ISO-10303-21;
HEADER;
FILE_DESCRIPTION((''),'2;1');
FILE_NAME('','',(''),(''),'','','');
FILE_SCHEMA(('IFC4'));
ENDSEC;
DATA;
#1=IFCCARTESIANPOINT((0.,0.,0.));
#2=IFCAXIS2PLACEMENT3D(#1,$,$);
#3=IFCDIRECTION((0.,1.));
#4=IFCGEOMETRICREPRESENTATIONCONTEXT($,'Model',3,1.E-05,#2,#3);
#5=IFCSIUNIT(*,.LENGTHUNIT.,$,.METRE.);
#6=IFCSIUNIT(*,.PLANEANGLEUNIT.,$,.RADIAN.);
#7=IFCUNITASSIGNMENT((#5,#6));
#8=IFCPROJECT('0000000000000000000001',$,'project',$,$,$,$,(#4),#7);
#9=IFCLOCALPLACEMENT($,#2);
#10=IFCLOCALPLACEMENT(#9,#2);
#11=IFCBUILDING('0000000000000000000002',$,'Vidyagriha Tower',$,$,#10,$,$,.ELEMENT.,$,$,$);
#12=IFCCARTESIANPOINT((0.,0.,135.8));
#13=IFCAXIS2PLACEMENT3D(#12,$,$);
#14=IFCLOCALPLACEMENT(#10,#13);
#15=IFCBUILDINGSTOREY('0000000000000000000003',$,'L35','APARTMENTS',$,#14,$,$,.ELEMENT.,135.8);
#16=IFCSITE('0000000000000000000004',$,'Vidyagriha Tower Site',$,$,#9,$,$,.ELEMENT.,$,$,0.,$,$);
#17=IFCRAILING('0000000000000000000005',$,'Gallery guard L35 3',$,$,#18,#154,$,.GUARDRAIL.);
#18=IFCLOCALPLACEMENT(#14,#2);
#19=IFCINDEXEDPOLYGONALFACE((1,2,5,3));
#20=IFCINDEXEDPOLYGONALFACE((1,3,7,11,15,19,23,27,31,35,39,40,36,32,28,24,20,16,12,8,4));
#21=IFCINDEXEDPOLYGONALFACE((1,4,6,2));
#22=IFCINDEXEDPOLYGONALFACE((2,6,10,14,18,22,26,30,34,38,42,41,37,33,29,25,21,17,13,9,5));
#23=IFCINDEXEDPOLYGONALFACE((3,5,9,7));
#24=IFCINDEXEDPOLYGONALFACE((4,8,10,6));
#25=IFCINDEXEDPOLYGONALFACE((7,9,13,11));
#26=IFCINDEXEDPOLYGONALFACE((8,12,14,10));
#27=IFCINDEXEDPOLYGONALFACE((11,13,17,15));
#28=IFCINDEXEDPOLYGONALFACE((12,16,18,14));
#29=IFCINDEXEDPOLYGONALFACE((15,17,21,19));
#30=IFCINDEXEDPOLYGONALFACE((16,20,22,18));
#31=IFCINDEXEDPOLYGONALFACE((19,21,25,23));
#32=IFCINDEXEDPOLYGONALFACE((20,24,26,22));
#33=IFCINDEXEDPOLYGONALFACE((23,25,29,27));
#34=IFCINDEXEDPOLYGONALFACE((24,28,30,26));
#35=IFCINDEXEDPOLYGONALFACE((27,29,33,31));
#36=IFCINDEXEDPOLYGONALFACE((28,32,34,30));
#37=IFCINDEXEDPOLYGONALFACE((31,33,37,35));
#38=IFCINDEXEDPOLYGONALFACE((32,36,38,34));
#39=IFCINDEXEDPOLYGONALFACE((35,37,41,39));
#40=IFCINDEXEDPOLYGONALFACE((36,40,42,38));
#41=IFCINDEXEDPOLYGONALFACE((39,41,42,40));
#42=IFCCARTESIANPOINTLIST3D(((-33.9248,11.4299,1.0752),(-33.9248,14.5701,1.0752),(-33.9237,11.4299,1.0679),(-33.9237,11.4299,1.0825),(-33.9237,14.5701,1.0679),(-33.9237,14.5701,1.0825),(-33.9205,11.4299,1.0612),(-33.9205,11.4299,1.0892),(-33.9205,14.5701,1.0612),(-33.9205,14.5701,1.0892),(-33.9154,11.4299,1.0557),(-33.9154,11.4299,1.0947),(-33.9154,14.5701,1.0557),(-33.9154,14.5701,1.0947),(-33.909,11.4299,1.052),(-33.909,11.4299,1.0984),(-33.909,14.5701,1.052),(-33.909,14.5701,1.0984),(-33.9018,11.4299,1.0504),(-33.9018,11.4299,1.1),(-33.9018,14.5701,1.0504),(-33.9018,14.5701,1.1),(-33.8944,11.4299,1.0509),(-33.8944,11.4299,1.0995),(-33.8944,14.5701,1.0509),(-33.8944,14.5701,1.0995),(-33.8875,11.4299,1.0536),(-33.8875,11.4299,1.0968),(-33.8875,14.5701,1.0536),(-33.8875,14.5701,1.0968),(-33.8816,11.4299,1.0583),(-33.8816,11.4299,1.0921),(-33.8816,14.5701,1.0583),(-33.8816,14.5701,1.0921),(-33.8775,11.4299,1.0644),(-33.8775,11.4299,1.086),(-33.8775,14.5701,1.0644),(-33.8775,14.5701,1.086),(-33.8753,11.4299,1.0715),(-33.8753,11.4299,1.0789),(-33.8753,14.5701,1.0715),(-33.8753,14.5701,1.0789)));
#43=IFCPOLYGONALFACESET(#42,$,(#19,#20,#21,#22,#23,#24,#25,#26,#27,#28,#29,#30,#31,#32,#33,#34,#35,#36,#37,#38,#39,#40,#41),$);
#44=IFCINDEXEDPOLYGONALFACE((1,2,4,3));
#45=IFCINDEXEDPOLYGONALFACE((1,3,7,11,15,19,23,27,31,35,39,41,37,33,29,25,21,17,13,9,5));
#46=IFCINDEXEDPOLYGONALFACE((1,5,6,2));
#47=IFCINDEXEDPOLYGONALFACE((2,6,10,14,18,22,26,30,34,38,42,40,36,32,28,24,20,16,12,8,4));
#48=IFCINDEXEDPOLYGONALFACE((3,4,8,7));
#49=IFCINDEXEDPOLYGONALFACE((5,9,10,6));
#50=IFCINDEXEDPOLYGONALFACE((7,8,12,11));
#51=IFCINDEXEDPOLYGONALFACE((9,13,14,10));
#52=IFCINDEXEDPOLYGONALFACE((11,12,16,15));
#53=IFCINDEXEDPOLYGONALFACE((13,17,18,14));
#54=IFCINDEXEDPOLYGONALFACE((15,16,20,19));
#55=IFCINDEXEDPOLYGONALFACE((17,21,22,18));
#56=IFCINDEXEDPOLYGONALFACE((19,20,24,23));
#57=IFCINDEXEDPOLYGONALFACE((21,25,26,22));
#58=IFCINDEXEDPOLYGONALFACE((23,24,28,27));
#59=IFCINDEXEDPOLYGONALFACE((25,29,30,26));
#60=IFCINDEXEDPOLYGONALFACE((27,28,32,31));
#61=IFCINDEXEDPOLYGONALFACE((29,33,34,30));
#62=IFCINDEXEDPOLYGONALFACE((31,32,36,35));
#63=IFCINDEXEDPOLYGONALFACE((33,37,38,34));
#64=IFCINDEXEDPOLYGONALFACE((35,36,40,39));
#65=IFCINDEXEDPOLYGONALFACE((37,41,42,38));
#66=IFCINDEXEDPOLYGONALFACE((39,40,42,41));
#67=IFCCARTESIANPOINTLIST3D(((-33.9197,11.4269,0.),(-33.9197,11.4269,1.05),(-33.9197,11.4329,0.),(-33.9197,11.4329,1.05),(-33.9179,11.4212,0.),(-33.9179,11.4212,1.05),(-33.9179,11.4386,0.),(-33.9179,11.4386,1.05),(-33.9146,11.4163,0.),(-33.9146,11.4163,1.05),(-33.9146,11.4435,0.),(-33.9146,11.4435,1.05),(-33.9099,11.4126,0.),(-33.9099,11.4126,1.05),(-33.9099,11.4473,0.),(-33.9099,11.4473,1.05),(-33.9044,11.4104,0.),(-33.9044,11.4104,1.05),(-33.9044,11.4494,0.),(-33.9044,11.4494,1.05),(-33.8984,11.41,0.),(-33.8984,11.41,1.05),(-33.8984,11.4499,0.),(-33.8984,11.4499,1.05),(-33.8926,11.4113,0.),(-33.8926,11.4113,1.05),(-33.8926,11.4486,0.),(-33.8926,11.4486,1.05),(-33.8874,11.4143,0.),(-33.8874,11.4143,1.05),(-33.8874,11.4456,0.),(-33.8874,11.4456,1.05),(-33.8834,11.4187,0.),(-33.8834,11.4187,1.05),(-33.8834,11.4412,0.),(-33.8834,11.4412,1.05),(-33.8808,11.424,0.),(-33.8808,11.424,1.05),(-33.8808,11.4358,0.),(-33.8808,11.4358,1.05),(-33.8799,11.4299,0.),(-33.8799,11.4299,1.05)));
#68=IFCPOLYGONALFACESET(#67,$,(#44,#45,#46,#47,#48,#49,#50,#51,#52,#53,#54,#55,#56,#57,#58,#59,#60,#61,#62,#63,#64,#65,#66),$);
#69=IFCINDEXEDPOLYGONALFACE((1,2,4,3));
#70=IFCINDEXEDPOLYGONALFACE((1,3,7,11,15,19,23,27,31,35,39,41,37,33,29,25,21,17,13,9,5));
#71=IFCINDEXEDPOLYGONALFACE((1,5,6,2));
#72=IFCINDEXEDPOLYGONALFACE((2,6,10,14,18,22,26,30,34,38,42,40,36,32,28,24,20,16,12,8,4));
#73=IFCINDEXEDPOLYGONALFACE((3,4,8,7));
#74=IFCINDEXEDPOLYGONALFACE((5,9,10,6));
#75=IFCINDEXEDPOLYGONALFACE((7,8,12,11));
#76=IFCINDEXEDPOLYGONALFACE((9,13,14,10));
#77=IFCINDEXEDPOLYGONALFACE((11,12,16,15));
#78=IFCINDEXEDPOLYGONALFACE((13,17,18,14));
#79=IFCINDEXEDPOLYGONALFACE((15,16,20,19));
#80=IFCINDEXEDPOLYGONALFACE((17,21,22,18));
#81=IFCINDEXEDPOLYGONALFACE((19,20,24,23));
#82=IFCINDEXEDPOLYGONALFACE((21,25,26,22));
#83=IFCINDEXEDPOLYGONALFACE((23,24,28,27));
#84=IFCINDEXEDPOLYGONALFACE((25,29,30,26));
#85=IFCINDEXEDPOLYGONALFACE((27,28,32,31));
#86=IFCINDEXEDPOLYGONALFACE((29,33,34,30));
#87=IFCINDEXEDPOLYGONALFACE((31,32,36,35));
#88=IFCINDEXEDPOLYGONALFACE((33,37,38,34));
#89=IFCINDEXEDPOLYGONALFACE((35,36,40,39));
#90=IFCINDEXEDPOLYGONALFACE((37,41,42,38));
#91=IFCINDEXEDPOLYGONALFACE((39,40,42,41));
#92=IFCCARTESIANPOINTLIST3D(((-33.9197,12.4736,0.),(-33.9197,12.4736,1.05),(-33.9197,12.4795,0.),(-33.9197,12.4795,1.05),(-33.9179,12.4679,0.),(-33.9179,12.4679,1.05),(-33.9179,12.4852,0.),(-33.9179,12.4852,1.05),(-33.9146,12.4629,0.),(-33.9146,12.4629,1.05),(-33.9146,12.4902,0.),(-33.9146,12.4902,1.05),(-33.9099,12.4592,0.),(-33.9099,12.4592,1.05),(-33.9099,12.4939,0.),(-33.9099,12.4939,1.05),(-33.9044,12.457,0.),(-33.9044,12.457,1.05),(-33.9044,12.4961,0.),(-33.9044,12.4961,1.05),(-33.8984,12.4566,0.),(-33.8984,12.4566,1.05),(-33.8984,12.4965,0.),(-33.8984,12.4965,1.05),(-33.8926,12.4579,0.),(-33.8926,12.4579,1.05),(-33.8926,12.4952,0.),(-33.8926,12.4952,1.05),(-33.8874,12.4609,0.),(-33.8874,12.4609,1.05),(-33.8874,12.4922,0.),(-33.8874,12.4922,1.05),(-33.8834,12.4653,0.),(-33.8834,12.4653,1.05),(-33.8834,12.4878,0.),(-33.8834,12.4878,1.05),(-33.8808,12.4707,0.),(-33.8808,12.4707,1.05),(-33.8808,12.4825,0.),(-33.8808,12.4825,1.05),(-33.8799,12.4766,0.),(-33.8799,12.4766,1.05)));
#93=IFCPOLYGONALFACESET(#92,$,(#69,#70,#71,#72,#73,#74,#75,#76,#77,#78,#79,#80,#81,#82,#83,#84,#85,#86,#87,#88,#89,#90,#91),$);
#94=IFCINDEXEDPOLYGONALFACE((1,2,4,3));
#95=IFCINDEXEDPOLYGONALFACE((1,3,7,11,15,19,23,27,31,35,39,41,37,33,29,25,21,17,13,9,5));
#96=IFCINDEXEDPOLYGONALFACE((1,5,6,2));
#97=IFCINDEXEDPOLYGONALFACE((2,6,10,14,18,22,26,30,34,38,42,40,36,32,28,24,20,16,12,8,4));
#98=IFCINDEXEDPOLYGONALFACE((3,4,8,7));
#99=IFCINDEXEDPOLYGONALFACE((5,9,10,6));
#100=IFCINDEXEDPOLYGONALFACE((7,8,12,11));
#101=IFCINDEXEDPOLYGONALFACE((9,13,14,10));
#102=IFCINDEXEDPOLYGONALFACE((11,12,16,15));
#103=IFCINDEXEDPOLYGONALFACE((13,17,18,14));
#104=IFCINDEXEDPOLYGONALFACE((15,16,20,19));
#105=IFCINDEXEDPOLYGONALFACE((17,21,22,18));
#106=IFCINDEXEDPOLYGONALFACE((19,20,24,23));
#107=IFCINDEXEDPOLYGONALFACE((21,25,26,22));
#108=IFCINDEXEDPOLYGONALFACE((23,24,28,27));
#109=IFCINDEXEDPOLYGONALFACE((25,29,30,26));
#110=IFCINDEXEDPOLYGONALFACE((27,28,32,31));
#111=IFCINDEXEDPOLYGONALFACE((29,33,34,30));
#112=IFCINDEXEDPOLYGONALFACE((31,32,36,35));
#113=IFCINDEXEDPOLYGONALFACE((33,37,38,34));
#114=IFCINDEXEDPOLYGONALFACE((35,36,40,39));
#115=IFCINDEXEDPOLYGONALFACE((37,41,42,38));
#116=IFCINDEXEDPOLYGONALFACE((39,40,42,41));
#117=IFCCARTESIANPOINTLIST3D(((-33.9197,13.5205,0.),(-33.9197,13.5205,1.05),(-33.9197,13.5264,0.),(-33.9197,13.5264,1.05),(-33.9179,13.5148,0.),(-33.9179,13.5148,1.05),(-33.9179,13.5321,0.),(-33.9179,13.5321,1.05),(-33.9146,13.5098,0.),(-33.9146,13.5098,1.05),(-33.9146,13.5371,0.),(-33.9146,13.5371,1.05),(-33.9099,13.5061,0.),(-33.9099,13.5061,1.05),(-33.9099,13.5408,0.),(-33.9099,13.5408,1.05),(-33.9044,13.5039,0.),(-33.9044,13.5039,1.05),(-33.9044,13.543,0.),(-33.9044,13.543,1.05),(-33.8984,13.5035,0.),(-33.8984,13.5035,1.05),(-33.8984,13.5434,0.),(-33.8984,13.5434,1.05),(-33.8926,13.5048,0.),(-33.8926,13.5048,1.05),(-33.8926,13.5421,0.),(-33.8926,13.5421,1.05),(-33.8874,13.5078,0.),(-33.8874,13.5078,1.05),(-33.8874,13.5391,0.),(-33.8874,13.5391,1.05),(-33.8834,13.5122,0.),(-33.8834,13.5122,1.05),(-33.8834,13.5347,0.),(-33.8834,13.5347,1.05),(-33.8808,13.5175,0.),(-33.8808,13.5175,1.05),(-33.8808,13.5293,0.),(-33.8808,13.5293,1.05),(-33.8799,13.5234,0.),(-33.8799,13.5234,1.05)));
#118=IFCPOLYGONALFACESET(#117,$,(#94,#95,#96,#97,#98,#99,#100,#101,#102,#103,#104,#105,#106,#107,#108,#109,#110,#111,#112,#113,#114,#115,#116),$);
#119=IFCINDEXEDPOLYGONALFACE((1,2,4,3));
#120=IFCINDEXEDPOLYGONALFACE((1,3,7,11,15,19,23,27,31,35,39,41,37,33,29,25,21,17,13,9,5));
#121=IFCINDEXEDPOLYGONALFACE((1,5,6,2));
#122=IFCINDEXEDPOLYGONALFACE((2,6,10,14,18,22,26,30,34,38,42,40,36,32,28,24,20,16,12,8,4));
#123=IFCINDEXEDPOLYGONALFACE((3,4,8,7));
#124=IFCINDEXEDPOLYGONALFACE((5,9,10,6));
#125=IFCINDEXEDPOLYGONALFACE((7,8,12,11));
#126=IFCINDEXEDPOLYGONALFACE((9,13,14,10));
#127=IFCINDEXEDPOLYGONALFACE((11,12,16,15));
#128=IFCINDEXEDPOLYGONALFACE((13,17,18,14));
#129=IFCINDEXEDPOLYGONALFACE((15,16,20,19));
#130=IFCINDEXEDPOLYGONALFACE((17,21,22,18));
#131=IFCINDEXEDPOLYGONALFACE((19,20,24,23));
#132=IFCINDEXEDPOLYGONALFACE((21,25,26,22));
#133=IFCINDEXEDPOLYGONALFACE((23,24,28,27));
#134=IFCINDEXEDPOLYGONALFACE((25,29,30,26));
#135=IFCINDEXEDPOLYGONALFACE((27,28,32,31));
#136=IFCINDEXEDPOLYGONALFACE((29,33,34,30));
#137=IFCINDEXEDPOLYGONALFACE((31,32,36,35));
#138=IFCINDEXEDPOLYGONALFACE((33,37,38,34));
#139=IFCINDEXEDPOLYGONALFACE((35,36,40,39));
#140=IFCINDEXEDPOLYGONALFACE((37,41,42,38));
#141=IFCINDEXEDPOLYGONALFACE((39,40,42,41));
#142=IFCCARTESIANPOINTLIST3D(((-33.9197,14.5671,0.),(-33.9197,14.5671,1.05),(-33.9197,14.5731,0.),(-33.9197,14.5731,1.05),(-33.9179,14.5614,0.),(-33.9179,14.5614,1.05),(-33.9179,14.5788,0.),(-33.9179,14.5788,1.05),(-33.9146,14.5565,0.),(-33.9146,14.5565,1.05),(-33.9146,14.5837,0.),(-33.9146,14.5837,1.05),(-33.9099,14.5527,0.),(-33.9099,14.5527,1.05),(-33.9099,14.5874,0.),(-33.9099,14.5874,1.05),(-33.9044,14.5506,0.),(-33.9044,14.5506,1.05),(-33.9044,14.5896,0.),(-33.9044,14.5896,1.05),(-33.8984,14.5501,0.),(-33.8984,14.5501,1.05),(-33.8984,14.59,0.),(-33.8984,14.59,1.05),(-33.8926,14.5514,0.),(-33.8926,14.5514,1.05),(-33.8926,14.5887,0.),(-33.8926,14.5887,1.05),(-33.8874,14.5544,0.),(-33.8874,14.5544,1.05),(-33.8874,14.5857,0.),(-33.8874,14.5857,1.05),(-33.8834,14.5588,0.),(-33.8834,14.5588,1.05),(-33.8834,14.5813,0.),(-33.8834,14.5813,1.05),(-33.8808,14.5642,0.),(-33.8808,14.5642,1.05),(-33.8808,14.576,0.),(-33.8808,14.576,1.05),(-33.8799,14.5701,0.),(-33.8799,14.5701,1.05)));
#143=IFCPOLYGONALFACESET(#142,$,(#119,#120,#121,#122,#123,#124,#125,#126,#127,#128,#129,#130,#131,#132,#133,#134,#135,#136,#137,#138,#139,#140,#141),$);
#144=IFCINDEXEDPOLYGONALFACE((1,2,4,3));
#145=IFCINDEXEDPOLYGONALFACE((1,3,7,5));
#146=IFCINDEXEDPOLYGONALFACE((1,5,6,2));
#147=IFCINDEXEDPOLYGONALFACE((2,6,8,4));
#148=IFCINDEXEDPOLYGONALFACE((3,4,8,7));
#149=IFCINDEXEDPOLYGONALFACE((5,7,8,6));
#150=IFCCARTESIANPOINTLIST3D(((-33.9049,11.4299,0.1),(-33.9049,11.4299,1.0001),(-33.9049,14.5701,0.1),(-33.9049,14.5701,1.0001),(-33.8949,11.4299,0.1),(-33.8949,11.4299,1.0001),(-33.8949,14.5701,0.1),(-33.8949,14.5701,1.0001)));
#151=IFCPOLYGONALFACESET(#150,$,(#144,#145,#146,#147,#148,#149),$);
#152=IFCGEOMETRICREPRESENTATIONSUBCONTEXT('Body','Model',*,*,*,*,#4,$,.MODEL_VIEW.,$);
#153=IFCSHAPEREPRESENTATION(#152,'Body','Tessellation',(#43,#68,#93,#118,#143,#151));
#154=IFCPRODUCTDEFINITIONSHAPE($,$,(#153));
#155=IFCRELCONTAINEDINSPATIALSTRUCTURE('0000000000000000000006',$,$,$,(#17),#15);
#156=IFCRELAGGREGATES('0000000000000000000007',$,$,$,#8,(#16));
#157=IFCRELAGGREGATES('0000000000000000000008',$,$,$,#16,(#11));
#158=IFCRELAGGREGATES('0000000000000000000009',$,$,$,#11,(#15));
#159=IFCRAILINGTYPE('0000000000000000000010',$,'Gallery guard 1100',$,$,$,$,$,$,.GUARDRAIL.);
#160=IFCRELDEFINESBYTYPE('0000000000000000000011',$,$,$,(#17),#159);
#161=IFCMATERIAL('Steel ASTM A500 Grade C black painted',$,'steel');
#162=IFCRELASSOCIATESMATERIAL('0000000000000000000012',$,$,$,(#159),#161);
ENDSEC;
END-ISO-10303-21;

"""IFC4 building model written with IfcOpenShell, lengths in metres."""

from ifc_helpers import new_model, si_unit, direction, frame, origin, origin_2d, place, context, subcontext, project, spatial, rectangle, circle, extrude, material, type_object, element, save


model = new_model("IFC4")

# Units and contexts
model_context = context("Model", 3, precision=1e-05, world=origin(), true_north=direction((0.0, 1.0)))
body_context = subcontext(model_context, "Body", "Model", "MODEL_VIEW")
ifc_project = project(units=[si_unit("LENGTHUNIT", "METRE"), si_unit("PLANEANGLEUNIT", "RADIAN")], contexts=[model_context])

# Site, building, storey
site_placement = place(None, origin())
site = spatial("IfcSite", under=ifc_project, at=site_placement, Name="Vidyagriha Tower Site", CompositionType="ELEMENT", RefElevation=0.0)
building_placement = place(site_placement, origin())
building = spatial("IfcBuilding", under=site, at=building_placement, Name="Vidyagriha Tower", CompositionType="ELEMENT")
storey_placement = place(building_placement, frame((0.0, 0.0, 135.8)))
storey = spatial("IfcBuildingStorey", under=building, at=storey_placement, Name="L35", Description="APARTMENTS", CompositionType="ELEMENT", Elevation=135.8)

# Railing
ifc_material_1 = material(Name="Steel ASTM A500 Grade C black painted", Category="steel")
railing_type = type_object("IfcRailingType", Name="Gallery guard 1100", PredefinedType="GUARDRAIL", material=ifc_material_1)
railing_1_placement = place(storey_placement, frame((-33.8999, 11.4299, 0.0)))
element("IfcRailing", 1, at=railing_1_placement, inside=storey, type_object=railing_type, Name="Gallery guard L35 3", PredefinedType="GUARDRAIL", context=body_context, shape_type="SweptSolid", body=[
    extrude(circle(Radius=0.0249, at=origin_2d()), frame((0.0, 0.0, 1.0752), z_axis=(0.0, 1.0, 0.0), x_axis=(-1.0, 0.0, 0.0)), (0.0, 0.0, 1.0), 3.1401),
    extrude(circle(Radius=0.02, at=origin_2d()), origin(), (0.0, 0.0, 1.0), 1.05),
    extrude(circle(Radius=0.02, at=origin_2d()), frame((0.0, 1.0466, 0.0)), (0.0, 0.0, 1.0), 1.05),
    extrude(circle(Radius=0.02, at=origin_2d()), frame((0.0, 2.0935, 0.0)), (0.0, 0.0, 1.0), 1.05),
    extrude(circle(Radius=0.02, at=origin_2d()), frame((0.0, 3.1401, 0.0)), (0.0, 0.0, 1.0), 1.05),
    extrude(rectangle(XDim=0.01, YDim=0.9001, at=origin_2d()), frame((0.0, 0.0, 0.55), z_axis=(0.0, 1.0, 0.0), x_axis=(-1.0, 0.0, 0.0)), (0.0, 0.0, 1.0), 3.1401),
])

save(model, "model.ifc")
